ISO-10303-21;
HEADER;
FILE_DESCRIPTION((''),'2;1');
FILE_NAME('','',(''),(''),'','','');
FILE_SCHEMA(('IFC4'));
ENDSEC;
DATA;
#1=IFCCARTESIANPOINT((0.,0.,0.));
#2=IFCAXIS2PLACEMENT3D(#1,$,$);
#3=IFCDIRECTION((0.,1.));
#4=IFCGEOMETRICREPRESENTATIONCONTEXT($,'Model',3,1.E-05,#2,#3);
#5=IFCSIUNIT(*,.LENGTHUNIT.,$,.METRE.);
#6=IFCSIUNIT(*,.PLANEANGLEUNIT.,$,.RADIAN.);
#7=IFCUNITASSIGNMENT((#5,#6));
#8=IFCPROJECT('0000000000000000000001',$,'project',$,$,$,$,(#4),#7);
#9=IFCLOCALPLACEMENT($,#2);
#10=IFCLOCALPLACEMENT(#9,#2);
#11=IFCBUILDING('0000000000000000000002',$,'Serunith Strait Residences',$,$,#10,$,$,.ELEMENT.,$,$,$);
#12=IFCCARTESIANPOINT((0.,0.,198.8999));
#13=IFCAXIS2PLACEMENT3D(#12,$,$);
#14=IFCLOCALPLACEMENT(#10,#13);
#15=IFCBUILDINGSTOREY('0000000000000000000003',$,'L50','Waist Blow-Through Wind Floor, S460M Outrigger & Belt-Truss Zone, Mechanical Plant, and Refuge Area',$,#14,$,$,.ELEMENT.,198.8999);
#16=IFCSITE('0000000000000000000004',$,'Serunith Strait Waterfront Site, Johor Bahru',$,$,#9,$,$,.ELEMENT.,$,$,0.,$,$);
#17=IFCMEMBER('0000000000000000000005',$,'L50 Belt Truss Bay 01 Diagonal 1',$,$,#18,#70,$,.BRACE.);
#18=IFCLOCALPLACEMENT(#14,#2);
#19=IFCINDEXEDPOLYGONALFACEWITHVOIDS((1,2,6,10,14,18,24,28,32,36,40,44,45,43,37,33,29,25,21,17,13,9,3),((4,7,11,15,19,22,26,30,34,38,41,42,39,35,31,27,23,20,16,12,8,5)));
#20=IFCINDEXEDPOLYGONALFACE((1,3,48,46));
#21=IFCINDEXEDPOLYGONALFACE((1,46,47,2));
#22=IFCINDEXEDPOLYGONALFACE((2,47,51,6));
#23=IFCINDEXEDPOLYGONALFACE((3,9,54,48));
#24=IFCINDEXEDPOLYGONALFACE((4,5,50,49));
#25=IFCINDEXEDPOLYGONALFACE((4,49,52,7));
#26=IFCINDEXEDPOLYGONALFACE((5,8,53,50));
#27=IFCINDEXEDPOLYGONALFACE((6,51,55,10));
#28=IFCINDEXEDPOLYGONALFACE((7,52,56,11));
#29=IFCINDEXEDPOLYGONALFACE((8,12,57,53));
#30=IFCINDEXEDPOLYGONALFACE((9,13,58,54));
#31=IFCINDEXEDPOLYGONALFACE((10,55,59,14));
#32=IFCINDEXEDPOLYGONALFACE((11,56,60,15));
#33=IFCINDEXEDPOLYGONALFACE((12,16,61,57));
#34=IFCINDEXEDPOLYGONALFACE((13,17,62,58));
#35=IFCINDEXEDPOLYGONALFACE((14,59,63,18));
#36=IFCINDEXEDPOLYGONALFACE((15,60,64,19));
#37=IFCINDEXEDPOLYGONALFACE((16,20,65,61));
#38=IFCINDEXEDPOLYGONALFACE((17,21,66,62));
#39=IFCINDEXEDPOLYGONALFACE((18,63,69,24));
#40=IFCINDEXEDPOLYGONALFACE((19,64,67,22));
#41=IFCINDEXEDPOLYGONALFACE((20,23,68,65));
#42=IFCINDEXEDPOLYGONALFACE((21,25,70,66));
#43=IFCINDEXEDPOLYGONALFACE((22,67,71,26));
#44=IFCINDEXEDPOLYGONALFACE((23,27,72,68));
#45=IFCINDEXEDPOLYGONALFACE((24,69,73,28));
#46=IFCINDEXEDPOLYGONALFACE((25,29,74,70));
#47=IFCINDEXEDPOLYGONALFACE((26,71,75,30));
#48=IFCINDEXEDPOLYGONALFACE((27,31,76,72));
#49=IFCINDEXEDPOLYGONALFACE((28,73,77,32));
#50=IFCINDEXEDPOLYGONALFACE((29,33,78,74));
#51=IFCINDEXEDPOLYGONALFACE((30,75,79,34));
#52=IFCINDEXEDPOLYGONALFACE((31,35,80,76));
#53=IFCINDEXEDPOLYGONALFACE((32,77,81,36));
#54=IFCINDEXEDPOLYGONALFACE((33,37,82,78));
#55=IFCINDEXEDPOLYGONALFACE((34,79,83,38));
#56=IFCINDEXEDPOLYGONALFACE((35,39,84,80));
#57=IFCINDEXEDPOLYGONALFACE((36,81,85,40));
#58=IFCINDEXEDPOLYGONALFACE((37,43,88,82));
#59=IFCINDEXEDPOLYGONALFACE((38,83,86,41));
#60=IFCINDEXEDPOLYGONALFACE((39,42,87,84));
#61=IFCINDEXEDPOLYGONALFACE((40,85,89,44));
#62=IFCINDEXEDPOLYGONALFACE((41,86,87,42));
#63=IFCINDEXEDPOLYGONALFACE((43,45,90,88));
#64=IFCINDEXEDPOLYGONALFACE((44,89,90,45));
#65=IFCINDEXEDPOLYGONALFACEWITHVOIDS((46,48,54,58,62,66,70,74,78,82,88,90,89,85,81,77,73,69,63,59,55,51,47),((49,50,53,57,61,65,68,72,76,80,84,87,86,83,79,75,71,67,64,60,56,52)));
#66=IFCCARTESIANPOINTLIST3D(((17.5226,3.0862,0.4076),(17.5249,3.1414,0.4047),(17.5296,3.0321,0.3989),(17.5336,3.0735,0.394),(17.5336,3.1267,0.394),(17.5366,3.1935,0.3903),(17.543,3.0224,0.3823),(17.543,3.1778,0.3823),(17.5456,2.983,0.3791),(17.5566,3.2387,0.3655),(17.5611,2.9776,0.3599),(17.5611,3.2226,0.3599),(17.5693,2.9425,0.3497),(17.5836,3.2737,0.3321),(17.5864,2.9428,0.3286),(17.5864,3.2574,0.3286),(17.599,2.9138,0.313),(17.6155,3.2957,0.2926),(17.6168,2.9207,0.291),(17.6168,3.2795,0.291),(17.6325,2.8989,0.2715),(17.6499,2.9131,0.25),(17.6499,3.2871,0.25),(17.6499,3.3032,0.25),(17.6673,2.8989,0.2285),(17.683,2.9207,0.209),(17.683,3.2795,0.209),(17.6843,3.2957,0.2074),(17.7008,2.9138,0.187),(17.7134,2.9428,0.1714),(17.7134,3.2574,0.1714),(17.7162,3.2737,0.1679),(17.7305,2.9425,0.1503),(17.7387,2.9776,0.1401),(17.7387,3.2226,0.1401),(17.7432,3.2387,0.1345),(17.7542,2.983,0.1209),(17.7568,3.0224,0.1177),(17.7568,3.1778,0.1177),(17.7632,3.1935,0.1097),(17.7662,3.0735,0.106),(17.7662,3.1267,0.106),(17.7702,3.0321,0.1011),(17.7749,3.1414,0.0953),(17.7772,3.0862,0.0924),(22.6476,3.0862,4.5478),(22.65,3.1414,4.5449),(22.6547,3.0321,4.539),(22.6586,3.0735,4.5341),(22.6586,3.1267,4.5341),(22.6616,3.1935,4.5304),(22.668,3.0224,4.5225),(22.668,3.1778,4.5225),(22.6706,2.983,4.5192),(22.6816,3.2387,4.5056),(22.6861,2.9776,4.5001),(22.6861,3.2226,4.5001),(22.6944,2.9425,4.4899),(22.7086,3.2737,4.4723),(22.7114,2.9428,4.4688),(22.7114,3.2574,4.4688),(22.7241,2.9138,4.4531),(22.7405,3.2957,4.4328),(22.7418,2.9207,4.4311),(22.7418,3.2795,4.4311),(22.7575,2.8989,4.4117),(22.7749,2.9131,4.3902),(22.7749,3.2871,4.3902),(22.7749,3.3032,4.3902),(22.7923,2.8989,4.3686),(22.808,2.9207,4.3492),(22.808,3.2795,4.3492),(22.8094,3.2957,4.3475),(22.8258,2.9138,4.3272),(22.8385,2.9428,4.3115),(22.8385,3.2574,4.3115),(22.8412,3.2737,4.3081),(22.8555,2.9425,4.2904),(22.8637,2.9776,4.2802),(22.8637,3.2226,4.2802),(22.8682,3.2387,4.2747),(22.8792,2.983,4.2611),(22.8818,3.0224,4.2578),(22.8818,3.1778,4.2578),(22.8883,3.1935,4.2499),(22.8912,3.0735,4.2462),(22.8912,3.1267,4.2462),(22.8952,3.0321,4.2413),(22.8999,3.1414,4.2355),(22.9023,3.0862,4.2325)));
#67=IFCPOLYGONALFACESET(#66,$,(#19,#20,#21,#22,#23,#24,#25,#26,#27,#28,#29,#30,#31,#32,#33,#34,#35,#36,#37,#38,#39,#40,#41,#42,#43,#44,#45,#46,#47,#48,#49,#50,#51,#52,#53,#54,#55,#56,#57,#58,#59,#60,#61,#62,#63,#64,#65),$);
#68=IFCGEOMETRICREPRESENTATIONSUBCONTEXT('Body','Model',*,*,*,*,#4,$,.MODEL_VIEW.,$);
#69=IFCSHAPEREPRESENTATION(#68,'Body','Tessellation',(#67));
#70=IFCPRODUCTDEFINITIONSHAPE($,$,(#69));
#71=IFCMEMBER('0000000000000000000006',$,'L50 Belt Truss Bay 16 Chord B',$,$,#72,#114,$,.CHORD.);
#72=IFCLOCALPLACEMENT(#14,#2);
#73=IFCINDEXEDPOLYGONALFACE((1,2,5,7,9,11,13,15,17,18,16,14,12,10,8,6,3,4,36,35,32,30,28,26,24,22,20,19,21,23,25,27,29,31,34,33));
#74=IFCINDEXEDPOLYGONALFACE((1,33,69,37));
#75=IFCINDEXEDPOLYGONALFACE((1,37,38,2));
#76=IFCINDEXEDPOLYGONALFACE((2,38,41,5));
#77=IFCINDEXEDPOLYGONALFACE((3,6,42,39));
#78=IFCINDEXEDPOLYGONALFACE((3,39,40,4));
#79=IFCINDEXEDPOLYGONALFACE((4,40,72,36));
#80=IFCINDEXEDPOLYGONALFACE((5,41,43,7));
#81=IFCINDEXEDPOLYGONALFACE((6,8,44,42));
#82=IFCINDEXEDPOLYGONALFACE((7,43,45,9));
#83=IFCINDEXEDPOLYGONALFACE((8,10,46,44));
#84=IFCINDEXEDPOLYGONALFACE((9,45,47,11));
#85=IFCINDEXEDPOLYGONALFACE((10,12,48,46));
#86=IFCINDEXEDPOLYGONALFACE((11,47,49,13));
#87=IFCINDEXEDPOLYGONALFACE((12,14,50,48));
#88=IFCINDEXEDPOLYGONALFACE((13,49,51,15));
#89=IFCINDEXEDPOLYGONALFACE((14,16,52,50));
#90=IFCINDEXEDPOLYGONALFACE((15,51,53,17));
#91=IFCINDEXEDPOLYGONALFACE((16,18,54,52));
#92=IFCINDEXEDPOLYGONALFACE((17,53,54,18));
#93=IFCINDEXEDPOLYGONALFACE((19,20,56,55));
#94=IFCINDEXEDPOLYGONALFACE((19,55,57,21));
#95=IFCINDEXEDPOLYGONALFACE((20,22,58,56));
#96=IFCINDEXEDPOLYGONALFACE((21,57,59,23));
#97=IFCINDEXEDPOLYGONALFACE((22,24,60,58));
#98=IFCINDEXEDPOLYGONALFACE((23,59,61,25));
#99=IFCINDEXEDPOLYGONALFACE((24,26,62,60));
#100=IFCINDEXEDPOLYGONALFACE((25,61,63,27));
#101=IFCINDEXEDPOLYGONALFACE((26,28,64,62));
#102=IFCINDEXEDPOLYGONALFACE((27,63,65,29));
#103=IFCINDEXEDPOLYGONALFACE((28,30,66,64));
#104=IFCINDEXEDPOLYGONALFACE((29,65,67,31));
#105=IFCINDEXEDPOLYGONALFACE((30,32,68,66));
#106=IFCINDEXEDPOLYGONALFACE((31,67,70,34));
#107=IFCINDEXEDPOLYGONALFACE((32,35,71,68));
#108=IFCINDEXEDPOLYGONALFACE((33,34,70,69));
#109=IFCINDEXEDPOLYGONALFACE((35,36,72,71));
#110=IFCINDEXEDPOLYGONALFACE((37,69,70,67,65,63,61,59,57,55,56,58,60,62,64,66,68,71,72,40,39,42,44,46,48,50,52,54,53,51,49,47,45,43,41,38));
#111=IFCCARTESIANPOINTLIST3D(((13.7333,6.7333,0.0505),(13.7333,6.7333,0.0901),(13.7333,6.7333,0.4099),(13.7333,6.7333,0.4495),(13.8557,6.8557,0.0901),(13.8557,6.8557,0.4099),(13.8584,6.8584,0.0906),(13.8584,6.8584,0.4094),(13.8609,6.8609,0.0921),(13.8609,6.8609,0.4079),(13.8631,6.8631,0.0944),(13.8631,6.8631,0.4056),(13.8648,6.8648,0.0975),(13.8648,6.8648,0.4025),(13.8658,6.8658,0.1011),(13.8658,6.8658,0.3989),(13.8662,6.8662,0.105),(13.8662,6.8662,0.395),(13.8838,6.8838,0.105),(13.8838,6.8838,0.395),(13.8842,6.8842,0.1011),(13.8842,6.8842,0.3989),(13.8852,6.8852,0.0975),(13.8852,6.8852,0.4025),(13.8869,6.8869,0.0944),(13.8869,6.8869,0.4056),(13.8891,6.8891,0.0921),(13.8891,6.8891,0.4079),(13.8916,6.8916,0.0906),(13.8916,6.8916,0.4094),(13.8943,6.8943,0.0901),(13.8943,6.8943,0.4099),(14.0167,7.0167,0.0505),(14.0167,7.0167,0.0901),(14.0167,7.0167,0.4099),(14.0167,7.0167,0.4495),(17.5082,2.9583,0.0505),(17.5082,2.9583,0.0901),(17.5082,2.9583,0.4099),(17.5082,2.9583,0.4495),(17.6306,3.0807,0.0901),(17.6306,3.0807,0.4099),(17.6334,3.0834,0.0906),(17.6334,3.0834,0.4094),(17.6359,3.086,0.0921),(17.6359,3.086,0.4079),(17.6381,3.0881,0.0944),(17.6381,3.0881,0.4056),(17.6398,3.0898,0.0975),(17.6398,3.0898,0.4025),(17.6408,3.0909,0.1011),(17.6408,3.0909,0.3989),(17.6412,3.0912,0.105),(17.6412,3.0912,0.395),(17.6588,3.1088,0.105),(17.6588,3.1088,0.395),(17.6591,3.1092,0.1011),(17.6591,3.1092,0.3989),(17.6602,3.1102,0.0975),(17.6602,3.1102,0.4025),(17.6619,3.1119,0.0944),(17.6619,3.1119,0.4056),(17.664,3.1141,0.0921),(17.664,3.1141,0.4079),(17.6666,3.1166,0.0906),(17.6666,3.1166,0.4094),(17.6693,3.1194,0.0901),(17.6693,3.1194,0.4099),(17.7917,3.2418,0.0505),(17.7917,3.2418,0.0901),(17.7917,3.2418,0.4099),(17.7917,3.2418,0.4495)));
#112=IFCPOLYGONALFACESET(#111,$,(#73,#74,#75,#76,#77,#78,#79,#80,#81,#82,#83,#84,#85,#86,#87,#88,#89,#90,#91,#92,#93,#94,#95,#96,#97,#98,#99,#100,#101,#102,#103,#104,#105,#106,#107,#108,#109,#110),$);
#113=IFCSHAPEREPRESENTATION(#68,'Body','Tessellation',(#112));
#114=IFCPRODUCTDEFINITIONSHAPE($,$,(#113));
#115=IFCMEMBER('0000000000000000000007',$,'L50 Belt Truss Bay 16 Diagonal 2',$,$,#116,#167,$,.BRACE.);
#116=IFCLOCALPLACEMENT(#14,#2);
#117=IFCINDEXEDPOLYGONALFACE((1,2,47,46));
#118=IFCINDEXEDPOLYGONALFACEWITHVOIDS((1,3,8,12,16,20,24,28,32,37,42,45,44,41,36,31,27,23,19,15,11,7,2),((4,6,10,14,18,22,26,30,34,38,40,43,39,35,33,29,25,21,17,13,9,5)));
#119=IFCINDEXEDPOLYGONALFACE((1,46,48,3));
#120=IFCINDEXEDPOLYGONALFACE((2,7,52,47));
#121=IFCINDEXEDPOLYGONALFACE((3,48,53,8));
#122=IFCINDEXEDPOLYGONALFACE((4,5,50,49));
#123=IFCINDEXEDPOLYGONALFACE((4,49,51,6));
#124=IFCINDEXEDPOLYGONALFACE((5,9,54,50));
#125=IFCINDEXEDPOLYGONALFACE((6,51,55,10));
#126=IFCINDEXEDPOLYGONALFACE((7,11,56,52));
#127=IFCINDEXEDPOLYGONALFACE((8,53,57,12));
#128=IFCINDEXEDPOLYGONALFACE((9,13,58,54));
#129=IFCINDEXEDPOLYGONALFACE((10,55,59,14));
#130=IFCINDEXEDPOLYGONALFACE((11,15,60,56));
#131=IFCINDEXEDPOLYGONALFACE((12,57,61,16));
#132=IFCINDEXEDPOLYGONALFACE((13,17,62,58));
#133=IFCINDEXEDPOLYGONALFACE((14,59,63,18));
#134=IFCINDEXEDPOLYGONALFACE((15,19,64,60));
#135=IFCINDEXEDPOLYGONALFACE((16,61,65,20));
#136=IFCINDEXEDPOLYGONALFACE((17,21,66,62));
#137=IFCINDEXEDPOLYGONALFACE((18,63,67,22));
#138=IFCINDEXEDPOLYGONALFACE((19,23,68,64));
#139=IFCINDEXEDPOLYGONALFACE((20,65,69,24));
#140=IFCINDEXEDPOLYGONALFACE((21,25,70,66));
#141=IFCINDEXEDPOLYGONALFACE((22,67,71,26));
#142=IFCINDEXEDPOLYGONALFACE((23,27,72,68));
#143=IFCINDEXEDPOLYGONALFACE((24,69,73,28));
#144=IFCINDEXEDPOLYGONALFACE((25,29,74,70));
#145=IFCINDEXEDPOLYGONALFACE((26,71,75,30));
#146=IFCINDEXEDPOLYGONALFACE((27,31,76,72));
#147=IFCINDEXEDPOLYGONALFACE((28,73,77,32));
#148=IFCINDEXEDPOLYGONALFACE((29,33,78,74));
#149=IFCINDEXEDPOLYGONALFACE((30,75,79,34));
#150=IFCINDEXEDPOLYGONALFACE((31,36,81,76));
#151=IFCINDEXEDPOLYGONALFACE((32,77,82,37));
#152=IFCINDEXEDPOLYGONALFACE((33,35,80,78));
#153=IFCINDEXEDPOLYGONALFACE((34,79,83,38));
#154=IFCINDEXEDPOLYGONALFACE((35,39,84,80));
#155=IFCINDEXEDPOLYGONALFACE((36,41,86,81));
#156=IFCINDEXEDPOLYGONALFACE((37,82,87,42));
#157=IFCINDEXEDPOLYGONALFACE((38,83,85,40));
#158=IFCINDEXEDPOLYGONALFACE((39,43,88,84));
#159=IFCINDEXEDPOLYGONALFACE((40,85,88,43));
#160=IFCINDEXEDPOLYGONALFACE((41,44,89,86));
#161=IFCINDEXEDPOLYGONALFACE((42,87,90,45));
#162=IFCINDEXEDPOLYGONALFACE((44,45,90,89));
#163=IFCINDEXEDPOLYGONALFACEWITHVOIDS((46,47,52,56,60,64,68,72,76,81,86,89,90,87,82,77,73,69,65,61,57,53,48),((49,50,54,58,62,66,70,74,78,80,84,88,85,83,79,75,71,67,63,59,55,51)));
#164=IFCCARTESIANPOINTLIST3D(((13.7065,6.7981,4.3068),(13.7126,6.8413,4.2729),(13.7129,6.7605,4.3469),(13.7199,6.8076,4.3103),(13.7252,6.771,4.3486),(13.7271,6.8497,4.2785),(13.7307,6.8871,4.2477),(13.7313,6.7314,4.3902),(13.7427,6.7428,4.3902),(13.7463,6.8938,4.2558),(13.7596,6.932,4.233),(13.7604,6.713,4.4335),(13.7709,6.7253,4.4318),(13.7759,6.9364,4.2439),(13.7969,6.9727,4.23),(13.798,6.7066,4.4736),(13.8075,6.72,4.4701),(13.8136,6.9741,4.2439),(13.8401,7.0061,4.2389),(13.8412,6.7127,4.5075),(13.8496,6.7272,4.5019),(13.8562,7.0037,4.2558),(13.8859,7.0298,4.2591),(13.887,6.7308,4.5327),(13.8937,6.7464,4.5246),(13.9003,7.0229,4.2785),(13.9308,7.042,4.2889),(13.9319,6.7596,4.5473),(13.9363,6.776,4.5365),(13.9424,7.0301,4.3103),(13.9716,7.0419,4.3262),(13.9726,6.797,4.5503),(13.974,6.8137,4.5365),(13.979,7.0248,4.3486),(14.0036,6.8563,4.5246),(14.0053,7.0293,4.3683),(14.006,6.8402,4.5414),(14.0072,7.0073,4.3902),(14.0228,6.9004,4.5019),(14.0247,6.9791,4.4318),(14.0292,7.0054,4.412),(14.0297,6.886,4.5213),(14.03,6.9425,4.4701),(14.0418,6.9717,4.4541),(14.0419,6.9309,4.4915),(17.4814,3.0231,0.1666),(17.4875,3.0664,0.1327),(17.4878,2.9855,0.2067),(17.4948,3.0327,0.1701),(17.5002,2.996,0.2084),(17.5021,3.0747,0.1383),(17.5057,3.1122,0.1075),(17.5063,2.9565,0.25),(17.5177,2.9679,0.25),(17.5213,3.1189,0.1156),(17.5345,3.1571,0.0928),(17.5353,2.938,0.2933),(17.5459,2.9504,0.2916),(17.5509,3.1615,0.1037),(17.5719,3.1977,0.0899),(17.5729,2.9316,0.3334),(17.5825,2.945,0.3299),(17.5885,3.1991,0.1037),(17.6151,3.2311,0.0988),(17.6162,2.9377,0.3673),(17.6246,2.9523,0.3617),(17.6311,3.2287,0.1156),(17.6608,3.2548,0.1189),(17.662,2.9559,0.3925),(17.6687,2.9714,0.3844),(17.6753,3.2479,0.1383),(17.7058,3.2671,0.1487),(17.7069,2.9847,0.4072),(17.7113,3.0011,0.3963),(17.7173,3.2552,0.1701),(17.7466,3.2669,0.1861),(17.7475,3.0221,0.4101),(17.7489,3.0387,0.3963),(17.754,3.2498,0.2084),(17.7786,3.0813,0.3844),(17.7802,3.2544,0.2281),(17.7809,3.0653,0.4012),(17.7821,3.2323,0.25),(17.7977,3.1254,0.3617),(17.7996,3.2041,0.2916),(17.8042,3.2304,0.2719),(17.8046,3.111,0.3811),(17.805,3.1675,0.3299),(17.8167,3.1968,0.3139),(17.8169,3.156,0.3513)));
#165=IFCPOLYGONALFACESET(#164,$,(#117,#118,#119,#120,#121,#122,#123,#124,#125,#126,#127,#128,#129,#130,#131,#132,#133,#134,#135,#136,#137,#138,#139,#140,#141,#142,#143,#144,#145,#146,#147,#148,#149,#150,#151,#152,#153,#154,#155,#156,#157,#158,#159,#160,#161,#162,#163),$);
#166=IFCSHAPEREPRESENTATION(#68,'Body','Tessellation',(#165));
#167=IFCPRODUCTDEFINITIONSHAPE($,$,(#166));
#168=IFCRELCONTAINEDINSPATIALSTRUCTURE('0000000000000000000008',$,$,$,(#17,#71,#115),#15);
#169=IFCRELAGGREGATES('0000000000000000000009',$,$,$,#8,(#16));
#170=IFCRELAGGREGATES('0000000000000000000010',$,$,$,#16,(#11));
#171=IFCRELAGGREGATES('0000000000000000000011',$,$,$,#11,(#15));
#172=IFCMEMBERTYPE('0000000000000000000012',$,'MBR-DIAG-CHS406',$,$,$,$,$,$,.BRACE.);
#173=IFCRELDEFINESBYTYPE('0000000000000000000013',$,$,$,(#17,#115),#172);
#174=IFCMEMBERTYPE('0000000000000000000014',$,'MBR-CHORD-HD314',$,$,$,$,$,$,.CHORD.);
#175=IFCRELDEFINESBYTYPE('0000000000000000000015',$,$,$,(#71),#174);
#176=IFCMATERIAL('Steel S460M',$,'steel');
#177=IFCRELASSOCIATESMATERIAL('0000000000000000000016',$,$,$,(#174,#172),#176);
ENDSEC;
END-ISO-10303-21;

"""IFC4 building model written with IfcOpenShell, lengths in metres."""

from ifc_helpers import new_model, si_unit, direction, frame, origin, origin_2d, place, context, subcontext, project, spatial, hollow_circle, i_section, extrude, source, transform, mapped, material, material_profile, profile_set, type_object, element, save


model = new_model("IFC4")

# Units and contexts
model_context = context("Model", 3, precision=1e-05, world=origin(), true_north=direction((0.0, 1.0)))
body_context = subcontext(model_context, "Body", "Model", "MODEL_VIEW")
ifc_project = project(units=[si_unit("LENGTHUNIT", "METRE"), si_unit("PLANEANGLEUNIT", "RADIAN")], contexts=[model_context])

# Site, building, storey
site_placement = place(None, origin())
site = spatial("IfcSite", under=ifc_project, at=site_placement, Name="Serunith Strait Waterfront Site, Johor Bahru", CompositionType="ELEMENT", RefElevation=0.0)
building_placement = place(site_placement, origin())
building = spatial("IfcBuilding", under=site, at=building_placement, Name="Serunith Strait Residences", CompositionType="ELEMENT")
storey_placement = place(building_placement, frame((0.0, 0.0, 198.8999)))
storey = spatial("IfcBuildingStorey", under=building, at=storey_placement, Name="L50", Description="Waist Blow-Through Wind Floor, S460M Outrigger & Belt-Truss Zone, Mechanical Plant, and Refuge Area", CompositionType="ELEMENT", Elevation=198.8999)

# Members
ifc_material_1 = material(Name="Steel S460M", Category="steel")
ifc_material_profile_1 = material_profile(ifc_material_1, i_section(OverallWidth=0.4009, OverallDepth=0.3989, WebThickness=0.0249, FlangeThickness=0.0396, FilletRadius=0.0149, at=origin_2d()), Name="HD 400x314")
ifc_profile_set_1 = profile_set([ifc_material_profile_1], Name="Steel S460M")
member_type_1 = type_object("IfcMemberType", Name="MBR-CHORD-HD314", PredefinedType="CHORD", material=ifc_profile_set_1)
ifc_material_profile_2 = material_profile(ifc_material_1, hollow_circle(Radius=0.2031, WallThickness=0.0161, at=origin_2d()), Name="CHS 406.4x16")
ifc_profile_set_2 = profile_set([ifc_material_profile_2], Name="Steel S460M")
member_type_2 = type_object("IfcMemberType", Name="MBR-DIAG-CHS406", PredefinedType="BRACE", material=ifc_profile_set_2)
shared_shape_1 = source(origin(), body_context, "Body", "SweptSolid", [
    extrude(hollow_circle(Radius=0.2031, WallThickness=0.0161, at=origin_2d()), origin(), (0.0, 0.0, 1.0), 6.5884),
])
member_1_placement = place(storey_placement, frame((17.6499, 3.1001, 0.25), z_axis=(0.777888, 0.0, 0.628403), x_axis=(0.0, 1.0, 0.0)))
element("IfcMember", 1, at=member_1_placement, inside=storey, type_object=member_type_2, Name="L50 Belt Truss Bay 01 Diagonal 1", PredefinedType="BRACE", context=body_context, shape_type="MappedRepresentation", body=[
    mapped(shared_shape_1, transform((0.0, 0.0, 0.0), scale=1.0)),
])
shared_shape_2 = source(origin(), body_context, "Body", "SweptSolid", [
    extrude(i_section(OverallWidth=0.4009, OverallDepth=0.3989, WebThickness=0.0249, FlangeThickness=0.0396, FilletRadius=0.0149, at=origin_2d()), origin(), (0.0, 0.0, 1.0), 5.3386),
])
member_2_placement = place(storey_placement, frame((13.875, 6.875, 0.25), z_axis=(0.707107, -0.707107, 0.0), x_axis=(0.707107, 0.707107, 0.0)))
element("IfcMember", 2, at=member_2_placement, inside=storey, type_object=member_type_1, Name="L50 Belt Truss Bay 16 Chord B", PredefinedType="CHORD", context=body_context, shape_type="MappedRepresentation", body=[
    mapped(shared_shape_2, transform((0.0, 0.0, 0.0), scale=1.0)),
])
shared_shape_3 = source(origin(), body_context, "Body", "SweptSolid", [
    extrude(hollow_circle(Radius=0.2031, WallThickness=0.0161, at=origin_2d()), origin(), (0.0, 0.0, 1.0), 6.7559),
])
member_3_placement = place(storey_placement, frame((17.6499, 3.1001, 0.25), z_axis=(-0.558767, 0.558767, 0.612829), x_axis=(-0.707107, -0.707107, 0.0)))
element("IfcMember", 3, at=member_3_placement, inside=storey, type_object=member_type_2, Name="L50 Belt Truss Bay 16 Diagonal 2", PredefinedType="BRACE", context=body_context, shape_type="MappedRepresentation", body=[
    mapped(shared_shape_3, transform((0.0, 0.0, 0.0), scale=1.0)),
])

save(model, "model.ifc")
